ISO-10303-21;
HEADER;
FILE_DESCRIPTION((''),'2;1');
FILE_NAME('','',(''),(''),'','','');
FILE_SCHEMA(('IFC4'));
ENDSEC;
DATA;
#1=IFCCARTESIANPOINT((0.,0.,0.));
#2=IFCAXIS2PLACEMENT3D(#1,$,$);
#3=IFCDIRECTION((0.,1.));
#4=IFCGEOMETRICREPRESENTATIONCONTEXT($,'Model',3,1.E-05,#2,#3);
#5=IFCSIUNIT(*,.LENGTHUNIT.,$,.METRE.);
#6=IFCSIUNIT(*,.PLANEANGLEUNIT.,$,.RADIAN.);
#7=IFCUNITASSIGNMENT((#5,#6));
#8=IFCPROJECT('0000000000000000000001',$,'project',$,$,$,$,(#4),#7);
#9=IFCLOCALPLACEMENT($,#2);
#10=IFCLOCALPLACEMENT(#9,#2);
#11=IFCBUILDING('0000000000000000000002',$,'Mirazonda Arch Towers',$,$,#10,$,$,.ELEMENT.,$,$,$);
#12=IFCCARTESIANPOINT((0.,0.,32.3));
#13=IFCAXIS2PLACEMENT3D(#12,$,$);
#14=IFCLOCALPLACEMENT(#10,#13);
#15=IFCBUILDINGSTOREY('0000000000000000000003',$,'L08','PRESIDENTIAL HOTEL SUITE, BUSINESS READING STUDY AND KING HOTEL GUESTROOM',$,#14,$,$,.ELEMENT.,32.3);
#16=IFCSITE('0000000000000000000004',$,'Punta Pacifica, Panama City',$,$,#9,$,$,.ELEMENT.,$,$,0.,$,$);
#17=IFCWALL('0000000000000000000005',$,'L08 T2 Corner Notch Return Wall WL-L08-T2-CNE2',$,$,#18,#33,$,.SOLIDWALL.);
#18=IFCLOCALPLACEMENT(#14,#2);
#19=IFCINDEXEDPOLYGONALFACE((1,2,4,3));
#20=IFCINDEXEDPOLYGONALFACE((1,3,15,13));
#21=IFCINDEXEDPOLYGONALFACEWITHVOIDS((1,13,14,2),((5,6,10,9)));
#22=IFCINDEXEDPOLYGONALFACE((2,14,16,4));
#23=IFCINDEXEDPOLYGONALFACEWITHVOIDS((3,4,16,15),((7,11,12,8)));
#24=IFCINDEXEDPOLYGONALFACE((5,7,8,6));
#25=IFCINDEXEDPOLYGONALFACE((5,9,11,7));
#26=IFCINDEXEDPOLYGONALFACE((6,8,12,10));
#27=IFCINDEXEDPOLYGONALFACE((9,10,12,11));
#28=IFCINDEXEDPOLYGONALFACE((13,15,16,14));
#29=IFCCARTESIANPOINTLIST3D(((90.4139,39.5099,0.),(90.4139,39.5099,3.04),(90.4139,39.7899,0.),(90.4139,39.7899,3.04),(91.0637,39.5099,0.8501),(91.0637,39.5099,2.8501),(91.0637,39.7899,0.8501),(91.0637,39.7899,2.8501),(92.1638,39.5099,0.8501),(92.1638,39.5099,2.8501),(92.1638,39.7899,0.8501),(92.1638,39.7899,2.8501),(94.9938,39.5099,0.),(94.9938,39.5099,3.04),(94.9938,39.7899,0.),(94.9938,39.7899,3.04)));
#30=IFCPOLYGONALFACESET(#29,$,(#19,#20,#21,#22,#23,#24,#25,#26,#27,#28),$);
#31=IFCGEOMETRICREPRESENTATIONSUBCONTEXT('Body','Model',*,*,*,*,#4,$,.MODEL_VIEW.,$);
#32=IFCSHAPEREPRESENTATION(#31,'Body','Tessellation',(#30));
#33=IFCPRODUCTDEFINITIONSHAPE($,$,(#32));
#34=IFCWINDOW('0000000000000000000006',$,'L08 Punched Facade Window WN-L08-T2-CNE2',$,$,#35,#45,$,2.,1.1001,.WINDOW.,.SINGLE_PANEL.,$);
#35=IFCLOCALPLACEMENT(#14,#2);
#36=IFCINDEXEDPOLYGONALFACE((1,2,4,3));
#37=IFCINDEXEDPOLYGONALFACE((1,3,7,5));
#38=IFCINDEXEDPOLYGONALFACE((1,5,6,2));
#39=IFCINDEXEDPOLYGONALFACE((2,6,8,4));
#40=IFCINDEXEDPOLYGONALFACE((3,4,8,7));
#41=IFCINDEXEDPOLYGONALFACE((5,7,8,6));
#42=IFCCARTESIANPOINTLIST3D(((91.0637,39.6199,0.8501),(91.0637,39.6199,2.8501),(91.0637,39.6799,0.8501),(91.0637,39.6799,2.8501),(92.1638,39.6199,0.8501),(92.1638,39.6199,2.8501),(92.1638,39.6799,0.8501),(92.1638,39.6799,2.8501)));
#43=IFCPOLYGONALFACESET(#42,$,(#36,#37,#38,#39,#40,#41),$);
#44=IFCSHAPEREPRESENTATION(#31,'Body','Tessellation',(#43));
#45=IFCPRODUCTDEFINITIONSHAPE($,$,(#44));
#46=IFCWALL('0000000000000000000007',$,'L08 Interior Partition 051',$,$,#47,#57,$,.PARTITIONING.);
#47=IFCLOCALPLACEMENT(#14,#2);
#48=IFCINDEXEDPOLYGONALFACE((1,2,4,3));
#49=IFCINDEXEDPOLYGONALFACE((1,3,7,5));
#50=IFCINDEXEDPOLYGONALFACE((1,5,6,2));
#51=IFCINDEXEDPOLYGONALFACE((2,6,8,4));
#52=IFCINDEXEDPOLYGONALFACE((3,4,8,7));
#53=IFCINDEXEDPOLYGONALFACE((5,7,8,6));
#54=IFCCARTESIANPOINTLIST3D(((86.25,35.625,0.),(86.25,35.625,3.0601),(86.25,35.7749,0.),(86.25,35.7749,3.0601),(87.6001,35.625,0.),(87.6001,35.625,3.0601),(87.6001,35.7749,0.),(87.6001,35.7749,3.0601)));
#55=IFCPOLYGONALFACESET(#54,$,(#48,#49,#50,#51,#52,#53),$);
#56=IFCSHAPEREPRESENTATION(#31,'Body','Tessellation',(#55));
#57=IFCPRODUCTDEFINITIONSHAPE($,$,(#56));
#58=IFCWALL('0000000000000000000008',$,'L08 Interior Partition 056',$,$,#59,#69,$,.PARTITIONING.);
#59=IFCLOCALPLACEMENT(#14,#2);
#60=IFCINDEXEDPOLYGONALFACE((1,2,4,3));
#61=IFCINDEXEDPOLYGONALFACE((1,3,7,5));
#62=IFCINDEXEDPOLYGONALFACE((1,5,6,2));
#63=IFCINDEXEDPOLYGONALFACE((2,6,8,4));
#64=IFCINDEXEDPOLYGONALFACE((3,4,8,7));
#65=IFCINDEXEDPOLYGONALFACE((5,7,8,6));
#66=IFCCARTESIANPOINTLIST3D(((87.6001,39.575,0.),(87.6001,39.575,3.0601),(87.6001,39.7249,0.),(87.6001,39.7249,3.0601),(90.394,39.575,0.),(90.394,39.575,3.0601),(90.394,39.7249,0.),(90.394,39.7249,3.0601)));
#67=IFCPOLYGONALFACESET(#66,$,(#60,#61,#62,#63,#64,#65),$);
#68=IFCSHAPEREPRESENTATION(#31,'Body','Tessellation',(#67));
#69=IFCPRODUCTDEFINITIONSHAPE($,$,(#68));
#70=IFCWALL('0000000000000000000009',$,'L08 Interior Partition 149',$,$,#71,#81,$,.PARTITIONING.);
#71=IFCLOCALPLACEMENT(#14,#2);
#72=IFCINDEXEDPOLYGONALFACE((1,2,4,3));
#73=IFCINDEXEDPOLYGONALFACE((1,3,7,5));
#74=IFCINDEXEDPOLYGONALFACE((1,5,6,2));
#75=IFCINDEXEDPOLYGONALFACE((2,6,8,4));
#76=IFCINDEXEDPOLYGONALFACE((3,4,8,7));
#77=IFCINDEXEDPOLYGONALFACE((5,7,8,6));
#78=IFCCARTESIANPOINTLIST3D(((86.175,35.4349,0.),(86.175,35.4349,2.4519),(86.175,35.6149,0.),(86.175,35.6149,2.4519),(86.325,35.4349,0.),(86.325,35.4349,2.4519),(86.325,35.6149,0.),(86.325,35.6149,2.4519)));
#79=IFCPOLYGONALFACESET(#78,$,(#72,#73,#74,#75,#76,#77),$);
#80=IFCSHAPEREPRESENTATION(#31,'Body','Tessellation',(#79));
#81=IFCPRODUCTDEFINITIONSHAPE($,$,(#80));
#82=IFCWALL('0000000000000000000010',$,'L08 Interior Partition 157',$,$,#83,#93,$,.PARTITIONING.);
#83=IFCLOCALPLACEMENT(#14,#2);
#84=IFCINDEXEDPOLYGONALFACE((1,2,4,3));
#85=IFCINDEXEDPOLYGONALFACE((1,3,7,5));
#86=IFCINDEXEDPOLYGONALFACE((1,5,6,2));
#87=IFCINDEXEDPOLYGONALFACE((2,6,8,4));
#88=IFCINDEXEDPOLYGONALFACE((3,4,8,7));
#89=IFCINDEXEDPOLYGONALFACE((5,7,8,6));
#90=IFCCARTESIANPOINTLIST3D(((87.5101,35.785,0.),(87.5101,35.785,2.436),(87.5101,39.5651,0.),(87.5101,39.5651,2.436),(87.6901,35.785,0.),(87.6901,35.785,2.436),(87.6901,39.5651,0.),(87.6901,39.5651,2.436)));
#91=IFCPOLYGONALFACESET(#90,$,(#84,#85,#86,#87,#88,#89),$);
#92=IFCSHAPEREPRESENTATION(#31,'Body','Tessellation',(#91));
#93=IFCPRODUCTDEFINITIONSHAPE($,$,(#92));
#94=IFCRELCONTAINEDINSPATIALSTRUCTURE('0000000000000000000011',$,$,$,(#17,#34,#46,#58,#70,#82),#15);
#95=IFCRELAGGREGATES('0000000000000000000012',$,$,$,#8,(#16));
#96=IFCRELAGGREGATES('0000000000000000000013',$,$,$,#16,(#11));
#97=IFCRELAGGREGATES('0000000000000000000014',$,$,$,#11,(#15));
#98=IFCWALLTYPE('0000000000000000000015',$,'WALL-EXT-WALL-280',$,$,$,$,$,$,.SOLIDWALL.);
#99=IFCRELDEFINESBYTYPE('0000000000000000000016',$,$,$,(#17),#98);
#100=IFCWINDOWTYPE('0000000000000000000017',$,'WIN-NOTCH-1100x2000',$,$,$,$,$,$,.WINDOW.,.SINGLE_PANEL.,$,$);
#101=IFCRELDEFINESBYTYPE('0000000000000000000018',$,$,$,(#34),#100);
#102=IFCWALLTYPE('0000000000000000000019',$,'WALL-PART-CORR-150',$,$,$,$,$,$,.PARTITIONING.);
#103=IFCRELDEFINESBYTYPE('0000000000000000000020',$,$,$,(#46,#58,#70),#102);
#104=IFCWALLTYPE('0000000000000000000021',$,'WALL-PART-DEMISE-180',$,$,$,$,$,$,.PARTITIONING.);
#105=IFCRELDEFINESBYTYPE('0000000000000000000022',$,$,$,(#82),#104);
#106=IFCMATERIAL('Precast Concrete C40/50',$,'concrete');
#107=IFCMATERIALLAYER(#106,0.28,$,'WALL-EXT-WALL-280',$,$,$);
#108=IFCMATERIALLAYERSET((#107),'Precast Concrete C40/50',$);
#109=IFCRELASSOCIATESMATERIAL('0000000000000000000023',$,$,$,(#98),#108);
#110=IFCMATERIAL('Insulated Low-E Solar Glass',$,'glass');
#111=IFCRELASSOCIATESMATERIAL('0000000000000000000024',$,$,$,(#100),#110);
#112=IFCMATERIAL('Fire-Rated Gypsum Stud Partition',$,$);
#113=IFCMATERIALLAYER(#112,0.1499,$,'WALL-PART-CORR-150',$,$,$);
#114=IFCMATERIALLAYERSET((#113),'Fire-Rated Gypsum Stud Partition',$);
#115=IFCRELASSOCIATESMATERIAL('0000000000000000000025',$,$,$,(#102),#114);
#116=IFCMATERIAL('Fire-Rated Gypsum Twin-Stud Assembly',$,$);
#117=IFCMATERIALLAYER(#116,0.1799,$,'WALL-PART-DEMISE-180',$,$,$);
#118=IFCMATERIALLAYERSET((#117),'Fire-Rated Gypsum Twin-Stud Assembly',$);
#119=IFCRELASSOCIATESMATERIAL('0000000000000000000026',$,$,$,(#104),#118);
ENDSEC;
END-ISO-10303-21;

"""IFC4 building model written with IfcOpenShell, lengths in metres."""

from ifc_helpers import new_model, si_unit, direction, frame, frame_2d, origin, place, context, subcontext, project, spatial, rectangle, extrude, material, layer, layer_set, type_object, element, fill, save


model = new_model("IFC4")

# Units and contexts
model_context = context("Model", 3, precision=1e-05, world=origin(), true_north=direction((0.0, 1.0)))
body_context = subcontext(model_context, "Body", "Model", "MODEL_VIEW")
ifc_project = project(units=[si_unit("LENGTHUNIT", "METRE"), si_unit("PLANEANGLEUNIT", "RADIAN")], contexts=[model_context])

# Site, building, storey
site_placement = place(None, origin())
site = spatial("IfcSite", under=ifc_project, at=site_placement, Name="Punta Pacifica, Panama City", CompositionType="ELEMENT", RefElevation=0.0)
building_placement = place(site_placement, origin())
building = spatial("IfcBuilding", under=site, at=building_placement, Name="Mirazonda Arch Towers", CompositionType="ELEMENT")
storey_placement = place(building_placement, frame((0.0, 0.0, 32.3)))
storey = spatial("IfcBuildingStorey", under=building, at=storey_placement, Name="L08", Description="PRESIDENTIAL HOTEL SUITE, BUSINESS READING STUDY AND KING HOTEL GUESTROOM", CompositionType="ELEMENT", Elevation=32.3)

# Shared definitions
ifc_material_1 = material(Name="Insulated Low-E Solar Glass", Category="glass")

# Wall, opening, window
ifc_material_2 = material(Name="Precast Concrete C40/50", Category="concrete")
ifc_layer_1 = layer(ifc_material_2, 0.28, Name="WALL-EXT-WALL-280")
ifc_layer_set_1 = layer_set([ifc_layer_1], Name="Precast Concrete C40/50")
wall_type_1 = type_object("IfcWallType", Name="WALL-EXT-WALL-280", PredefinedType="SOLIDWALL", material=ifc_layer_set_1)
window_type = type_object("IfcWindowType", Name="WIN-NOTCH-1100x2000", PartitioningType="SINGLE_PANEL", PredefinedType="WINDOW", material=ifc_material_1)
wall_1_placement = place(storey_placement, frame((94.9939, 39.6499, 0.0), z_axis=(0.0, 0.0, 1.0), x_axis=(-1.0, 0.0, 0.0)))
wall_1 = element("IfcWall", 1, at=wall_1_placement, inside=storey, type_object=wall_type_1, Name="L08 T2 Corner Notch Return Wall WL-L08-T2-CNE2", PredefinedType="SOLIDWALL", context=body_context, shape_type="SweptSolid", body=[
    extrude(rectangle(XDim=4.5798, YDim=0.28, at=frame_2d((2.29, 0.0))), origin(), (0.0, 0.0, 1.0), 3.04),
])
opening_1_placement = place(wall_1_placement, frame((2.8301, 0.0, 0.8501)))
opening_1 = element("IfcOpeningElement", 2, at=opening_1_placement, cuts=wall_1, PredefinedType="OPENING", context=body_context, shape_type="SweptSolid", body=[
    extrude(rectangle(XDim=1.1001, YDim=2.0, at=frame_2d((0.55, 1.0))), frame((0.0, 0.1499, 0.0), z_axis=(0.0, -1.0, 0.0), x_axis=(1.0, 0.0, 0.0)), (0.0, 0.0, 1.0), 0.3),
])
window_1_placement = place(opening_1_placement, origin())
window_1 = element("IfcWindow", 3, at=window_1_placement, inside=storey, type_object=window_type, Name="L08 Punched Facade Window WN-L08-T2-CNE2", OverallHeight=2.0, OverallWidth=1.1001, PartitioningType="SINGLE_PANEL", PredefinedType="WINDOW", context=body_context, shape_type="SweptSolid", body=[
    extrude(rectangle(XDim=1.1001, YDim=2.0, at=frame_2d((0.55, 1.0))), frame((0.0, 0.03, 0.0), z_axis=(0.0, -1.0, 0.0), x_axis=(1.0, 0.0, 0.0)), (0.0, 0.0, 1.0), 0.0601),
])
fill(opening_1, window_1)

# Walls
ifc_material_3 = material(Name="Fire-Rated Gypsum Stud Partition")
ifc_layer_2 = layer(ifc_material_3, 0.1499, Name="WALL-PART-CORR-150")
ifc_layer_set_2 = layer_set([ifc_layer_2], Name="Fire-Rated Gypsum Stud Partition")
wall_type_2 = type_object("IfcWallType", Name="WALL-PART-CORR-150", PredefinedType="PARTITIONING", material=ifc_layer_set_2)
wall_2_placement = place(storey_placement, frame((86.25, 35.7, 0.0), z_axis=(0.0, 0.0, 1.0), x_axis=(1.0, 0.0, 0.0)))
element("IfcWall", 4, at=wall_2_placement, inside=storey, type_object=wall_type_2, Name="L08 Interior Partition 051", PredefinedType="PARTITIONING", context=body_context, shape_type="SweptSolid", body=[
    extrude(rectangle(XDim=1.3501, YDim=0.1499, at=frame_2d((0.675, 0.0))), origin(), (0.0, 0.0, 1.0), 3.0601),
])
wall_3_placement = place(storey_placement, frame((87.6001, 39.6499, 0.0), z_axis=(0.0, 0.0, 1.0), x_axis=(1.0, 0.0, 0.0)))
element("IfcWall", 5, at=wall_3_placement, inside=storey, type_object=wall_type_2, Name="L08 Interior Partition 056", PredefinedType="PARTITIONING", context=body_context, shape_type="SweptSolid", body=[
    extrude(rectangle(XDim=2.7939, YDim=0.1499, at=frame_2d((1.397, 0.0))), origin(), (0.0, 0.0, 1.0), 3.0601),
])
wall_4_placement = place(storey_placement, frame((86.25, 35.4351, 0.0), z_axis=(0.0, 0.0, 1.0), x_axis=(0.0, 1.0, 0.0)))
element("IfcWall", 6, at=wall_4_placement, inside=storey, type_object=wall_type_2, Name="L08 Interior Partition 149", PredefinedType="PARTITIONING", context=body_context, shape_type="SweptSolid", body=[
    extrude(rectangle(XDim=0.1799, YDim=0.1499, at=frame_2d((0.0898, 0.0))), origin(), (0.0, 0.0, 1.0), 2.4519),
])
ifc_material_4 = material(Name="Fire-Rated Gypsum Twin-Stud Assembly")
ifc_layer_3 = layer(ifc_material_4, 0.1799, Name="WALL-PART-DEMISE-180")
ifc_layer_set_3 = layer_set([ifc_layer_3], Name="Fire-Rated Gypsum Twin-Stud Assembly")
wall_type_3 = type_object("IfcWallType", Name="WALL-PART-DEMISE-180", PredefinedType="PARTITIONING", material=ifc_layer_set_3)
wall_5_placement = place(storey_placement, frame((87.6001, 35.7849, 0.0), z_axis=(0.0, 0.0, 1.0), x_axis=(0.0, 1.0, 0.0)))
element("IfcWall", 7, at=wall_5_placement, inside=storey, type_object=wall_type_3, Name="L08 Interior Partition 157", PredefinedType="PARTITIONING", context=body_context, shape_type="SweptSolid", body=[
    extrude(rectangle(XDim=3.78, YDim=0.1799, at=frame_2d((1.8901, 0.0))), origin(), (0.0, 0.0, 1.0), 2.436),
])

save(model, "model.ifc")
